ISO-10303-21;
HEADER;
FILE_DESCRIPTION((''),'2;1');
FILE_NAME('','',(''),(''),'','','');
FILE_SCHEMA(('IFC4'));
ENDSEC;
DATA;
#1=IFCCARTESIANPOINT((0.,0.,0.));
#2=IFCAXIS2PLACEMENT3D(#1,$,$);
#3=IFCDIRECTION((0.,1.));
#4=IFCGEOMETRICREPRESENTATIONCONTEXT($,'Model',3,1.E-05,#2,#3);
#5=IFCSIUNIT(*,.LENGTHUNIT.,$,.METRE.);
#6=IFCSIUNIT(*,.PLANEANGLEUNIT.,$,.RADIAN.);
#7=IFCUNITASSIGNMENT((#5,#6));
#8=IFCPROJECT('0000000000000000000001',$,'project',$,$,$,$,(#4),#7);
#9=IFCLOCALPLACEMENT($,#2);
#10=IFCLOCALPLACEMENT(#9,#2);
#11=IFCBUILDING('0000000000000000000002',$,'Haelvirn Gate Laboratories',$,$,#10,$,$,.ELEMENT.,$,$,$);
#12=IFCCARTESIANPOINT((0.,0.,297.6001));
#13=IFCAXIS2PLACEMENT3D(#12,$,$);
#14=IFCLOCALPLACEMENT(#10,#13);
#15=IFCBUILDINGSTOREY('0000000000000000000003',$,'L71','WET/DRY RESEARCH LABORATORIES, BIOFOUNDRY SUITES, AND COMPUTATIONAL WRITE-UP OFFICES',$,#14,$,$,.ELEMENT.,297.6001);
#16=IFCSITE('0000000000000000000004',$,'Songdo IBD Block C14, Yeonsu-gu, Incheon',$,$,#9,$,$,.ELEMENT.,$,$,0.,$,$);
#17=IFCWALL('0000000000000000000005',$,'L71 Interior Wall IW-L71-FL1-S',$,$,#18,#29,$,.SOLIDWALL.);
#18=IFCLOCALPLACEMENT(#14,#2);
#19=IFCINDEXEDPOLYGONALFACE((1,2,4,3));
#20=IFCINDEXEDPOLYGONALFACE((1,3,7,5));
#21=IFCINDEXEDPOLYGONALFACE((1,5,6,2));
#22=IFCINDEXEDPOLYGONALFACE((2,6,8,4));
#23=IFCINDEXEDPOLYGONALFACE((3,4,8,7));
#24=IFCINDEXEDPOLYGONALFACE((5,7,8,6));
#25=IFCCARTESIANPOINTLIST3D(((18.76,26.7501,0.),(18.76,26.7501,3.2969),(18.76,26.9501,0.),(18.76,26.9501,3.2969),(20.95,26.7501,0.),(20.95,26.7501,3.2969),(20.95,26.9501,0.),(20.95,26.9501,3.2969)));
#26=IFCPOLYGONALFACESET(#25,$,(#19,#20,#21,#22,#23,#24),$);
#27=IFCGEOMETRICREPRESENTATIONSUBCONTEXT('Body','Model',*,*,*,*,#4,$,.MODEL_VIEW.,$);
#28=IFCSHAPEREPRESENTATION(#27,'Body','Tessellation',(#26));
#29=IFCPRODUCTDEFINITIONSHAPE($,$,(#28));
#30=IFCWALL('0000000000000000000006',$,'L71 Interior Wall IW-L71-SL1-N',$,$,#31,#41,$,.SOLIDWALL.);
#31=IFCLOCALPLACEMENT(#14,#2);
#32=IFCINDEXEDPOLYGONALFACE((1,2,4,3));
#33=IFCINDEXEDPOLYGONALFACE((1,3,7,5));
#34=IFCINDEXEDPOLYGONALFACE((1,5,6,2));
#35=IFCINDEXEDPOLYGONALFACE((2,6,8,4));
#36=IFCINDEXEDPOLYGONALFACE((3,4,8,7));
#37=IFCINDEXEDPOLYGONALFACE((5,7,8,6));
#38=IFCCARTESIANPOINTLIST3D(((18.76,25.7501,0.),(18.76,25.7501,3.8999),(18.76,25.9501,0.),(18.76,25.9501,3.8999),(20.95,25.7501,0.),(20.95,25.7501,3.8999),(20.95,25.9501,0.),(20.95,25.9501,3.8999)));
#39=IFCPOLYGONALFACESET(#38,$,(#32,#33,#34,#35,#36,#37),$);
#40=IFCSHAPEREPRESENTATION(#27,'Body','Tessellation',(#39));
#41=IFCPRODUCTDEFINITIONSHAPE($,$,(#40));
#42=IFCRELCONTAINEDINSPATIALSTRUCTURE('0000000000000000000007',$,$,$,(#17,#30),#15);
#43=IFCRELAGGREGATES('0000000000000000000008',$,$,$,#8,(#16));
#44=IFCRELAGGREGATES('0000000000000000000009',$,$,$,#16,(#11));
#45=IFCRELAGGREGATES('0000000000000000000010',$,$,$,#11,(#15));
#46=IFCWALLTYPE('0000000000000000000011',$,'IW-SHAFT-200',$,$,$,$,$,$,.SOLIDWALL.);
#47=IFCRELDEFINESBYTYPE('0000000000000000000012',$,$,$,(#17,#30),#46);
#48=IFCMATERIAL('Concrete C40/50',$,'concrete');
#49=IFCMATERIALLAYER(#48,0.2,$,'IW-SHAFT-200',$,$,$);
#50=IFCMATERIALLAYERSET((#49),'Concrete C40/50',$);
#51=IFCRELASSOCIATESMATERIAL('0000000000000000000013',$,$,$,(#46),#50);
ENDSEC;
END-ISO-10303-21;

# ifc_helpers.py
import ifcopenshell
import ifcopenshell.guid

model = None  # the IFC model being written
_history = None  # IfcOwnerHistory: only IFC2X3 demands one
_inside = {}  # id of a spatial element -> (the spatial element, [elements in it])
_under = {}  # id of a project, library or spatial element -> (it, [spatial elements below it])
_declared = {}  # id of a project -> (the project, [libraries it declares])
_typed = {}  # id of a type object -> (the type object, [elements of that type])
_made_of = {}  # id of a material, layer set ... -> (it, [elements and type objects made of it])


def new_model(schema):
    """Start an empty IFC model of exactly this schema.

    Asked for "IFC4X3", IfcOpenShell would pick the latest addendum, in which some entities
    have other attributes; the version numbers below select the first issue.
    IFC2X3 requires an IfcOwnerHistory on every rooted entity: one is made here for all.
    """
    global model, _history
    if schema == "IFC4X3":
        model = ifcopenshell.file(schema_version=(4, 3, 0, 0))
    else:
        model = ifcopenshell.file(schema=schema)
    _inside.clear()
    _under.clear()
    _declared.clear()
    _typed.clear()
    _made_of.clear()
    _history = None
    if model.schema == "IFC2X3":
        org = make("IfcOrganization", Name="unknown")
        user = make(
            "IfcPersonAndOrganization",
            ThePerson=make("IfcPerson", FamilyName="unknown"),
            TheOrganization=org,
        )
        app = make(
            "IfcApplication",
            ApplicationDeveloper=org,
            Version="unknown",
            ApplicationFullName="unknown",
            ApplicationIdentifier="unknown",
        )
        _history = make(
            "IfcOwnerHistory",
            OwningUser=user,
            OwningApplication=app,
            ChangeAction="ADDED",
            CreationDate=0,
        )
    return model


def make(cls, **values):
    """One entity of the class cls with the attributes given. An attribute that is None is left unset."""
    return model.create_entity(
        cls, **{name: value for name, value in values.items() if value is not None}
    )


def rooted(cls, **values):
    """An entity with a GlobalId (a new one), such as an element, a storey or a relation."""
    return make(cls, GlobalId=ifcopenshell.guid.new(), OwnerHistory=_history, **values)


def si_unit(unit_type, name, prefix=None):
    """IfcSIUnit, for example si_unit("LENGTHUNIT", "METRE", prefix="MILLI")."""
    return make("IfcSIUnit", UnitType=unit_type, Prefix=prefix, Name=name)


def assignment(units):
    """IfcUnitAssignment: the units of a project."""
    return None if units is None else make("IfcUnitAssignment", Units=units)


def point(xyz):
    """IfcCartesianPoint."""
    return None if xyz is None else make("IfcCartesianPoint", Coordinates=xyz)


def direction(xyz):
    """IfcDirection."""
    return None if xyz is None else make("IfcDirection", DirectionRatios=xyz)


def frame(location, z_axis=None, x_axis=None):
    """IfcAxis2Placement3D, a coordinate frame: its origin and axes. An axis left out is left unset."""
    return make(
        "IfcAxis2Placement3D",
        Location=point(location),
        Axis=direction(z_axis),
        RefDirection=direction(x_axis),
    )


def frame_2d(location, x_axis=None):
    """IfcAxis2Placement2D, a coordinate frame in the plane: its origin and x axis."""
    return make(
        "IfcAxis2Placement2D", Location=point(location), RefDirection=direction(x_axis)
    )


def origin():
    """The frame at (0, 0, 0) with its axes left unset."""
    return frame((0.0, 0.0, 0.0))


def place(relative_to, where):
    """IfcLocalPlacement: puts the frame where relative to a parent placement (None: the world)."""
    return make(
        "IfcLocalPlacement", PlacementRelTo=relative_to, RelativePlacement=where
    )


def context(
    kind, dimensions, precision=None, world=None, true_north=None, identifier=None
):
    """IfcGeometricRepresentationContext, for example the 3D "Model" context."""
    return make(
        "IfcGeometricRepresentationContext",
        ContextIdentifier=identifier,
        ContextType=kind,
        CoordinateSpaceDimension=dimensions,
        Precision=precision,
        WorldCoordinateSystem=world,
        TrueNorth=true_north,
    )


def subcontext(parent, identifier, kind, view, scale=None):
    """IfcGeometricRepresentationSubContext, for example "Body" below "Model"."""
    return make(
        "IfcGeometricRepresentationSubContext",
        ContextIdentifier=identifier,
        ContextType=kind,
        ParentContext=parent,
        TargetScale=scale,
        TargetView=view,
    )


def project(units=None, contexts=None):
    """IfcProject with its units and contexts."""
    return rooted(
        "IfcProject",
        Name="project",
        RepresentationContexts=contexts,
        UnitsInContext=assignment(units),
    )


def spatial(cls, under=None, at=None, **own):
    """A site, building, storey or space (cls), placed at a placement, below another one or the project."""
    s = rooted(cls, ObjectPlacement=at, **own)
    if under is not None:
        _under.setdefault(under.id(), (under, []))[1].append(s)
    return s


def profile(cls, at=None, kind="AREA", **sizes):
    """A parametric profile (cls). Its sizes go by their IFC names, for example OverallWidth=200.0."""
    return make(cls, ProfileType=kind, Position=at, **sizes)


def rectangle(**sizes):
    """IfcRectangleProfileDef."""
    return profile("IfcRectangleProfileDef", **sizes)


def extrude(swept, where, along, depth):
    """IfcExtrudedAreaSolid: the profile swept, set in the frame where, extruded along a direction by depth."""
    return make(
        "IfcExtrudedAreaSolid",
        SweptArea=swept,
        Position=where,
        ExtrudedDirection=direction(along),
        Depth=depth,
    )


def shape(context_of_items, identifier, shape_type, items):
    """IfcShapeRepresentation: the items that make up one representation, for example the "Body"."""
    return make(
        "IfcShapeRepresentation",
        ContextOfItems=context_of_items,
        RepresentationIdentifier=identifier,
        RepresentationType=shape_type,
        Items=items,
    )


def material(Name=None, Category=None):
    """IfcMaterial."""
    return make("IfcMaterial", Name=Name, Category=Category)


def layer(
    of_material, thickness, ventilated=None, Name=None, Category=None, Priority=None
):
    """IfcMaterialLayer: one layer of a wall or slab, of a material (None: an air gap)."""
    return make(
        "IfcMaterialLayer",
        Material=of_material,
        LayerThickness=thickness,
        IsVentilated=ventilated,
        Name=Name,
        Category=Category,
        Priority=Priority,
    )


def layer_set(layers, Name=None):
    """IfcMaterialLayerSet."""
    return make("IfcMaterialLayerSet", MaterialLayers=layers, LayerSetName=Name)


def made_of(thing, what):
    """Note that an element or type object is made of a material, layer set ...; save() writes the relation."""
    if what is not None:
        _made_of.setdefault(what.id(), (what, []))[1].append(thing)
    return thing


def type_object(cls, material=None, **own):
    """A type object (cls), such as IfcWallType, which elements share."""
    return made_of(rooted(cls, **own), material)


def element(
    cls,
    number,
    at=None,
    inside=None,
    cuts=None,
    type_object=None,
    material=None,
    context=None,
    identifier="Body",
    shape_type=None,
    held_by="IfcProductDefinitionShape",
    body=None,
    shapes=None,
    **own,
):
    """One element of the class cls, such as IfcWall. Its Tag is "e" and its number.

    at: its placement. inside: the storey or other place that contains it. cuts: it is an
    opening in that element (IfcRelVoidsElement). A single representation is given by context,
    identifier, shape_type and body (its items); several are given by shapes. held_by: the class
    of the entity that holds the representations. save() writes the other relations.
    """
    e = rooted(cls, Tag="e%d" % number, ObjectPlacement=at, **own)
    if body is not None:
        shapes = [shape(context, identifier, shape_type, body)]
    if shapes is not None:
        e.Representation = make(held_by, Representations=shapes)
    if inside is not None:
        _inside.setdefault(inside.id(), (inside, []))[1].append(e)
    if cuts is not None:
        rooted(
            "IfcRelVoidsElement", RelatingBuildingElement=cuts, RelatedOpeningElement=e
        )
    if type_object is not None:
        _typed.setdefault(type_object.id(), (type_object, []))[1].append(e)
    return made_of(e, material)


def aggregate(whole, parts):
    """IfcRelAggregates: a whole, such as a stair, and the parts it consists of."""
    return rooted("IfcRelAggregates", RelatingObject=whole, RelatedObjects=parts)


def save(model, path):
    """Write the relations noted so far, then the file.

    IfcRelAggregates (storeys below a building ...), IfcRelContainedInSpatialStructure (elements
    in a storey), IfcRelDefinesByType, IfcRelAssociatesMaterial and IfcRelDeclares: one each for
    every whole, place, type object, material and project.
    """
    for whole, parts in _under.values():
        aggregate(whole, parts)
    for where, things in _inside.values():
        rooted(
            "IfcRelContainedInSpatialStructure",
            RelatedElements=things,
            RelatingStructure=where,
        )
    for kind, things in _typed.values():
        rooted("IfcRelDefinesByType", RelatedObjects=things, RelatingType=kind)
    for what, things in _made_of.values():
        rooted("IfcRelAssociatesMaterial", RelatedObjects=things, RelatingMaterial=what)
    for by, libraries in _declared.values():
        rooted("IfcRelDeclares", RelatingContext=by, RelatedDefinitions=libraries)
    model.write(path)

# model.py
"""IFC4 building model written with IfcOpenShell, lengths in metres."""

from ifc_helpers import new_model, si_unit, direction, frame, frame_2d, origin, place, context, subcontext, project, spatial, rectangle, extrude, material, layer, layer_set, type_object, element, save


model = new_model("IFC4")

# Units and contexts
model_context = context("Model", 3, precision=1e-05, world=origin(), true_north=direction((0.0, 1.0)))
body_context = subcontext(model_context, "Body", "Model", "MODEL_VIEW")
ifc_project = project(units=[si_unit("LENGTHUNIT", "METRE"), si_unit("PLANEANGLEUNIT", "RADIAN")], contexts=[model_context])

# Site, building, storey
site_placement = place(None, origin())
site = spatial("IfcSite", under=ifc_project, at=site_placement, Name="Songdo IBD Block C14, Yeonsu-gu, Incheon", CompositionType="ELEMENT", RefElevation=0.0)
building_placement = place(site_placement, origin())
building = spatial("IfcBuilding", under=site, at=building_placement, Name="Haelvirn Gate Laboratories", CompositionType="ELEMENT")
storey_placement = place(building_placement, frame((0.0, 0.0, 297.6001)))
storey = spatial("IfcBuildingStorey", under=building, at=storey_placement, Name="L71", Description="WET/DRY RESEARCH LABORATORIES, BIOFOUNDRY SUITES, AND COMPUTATIONAL WRITE-UP OFFICES", CompositionType="ELEMENT", Elevation=297.6001)

# Walls
ifc_material_1 = material(Name="Concrete C40/50", Category="concrete")
ifc_layer_1 = layer(ifc_material_1, 0.2, Name="IW-SHAFT-200")
ifc_layer_set_1 = layer_set([ifc_layer_1], Name="Concrete C40/50")
wall_type_1 = type_object("IfcWallType", Name="IW-SHAFT-200", PredefinedType="SOLIDWALL", material=ifc_layer_set_1)
wall_1_placement = place(storey_placement, frame((18.76, 26.8501, 0.0), z_axis=(0.0, 0.0, 1.0), x_axis=(1.0, 0.0, 0.0)))
element("IfcWall", 1, at=wall_1_placement, inside=storey, type_object=wall_type_1, Name="L71 Interior Wall IW-L71-FL1-S", PredefinedType="SOLIDWALL", context=body_context, shape_type="SweptSolid", body=[
    extrude(rectangle(XDim=2.1899, YDim=0.2, at=frame_2d((1.095, 0.0))), origin(), (0.0, 0.0, 1.0), 3.2969),
])
wall_2_placement = place(storey_placement, frame((18.76, 25.8501, 0.0), z_axis=(0.0, 0.0, 1.0), x_axis=(1.0, 0.0, 0.0)))
element("IfcWall", 2, at=wall_2_placement, inside=storey, type_object=wall_type_1, Name="L71 Interior Wall IW-L71-SL1-N", PredefinedType="SOLIDWALL", context=body_context, shape_type="SweptSolid", body=[
    extrude(rectangle(XDim=2.1899, YDim=0.2, at=frame_2d((1.095, 0.0))), origin(), (0.0, 0.0, 1.0), 3.8999),
])

save(model, "model.ifc")
